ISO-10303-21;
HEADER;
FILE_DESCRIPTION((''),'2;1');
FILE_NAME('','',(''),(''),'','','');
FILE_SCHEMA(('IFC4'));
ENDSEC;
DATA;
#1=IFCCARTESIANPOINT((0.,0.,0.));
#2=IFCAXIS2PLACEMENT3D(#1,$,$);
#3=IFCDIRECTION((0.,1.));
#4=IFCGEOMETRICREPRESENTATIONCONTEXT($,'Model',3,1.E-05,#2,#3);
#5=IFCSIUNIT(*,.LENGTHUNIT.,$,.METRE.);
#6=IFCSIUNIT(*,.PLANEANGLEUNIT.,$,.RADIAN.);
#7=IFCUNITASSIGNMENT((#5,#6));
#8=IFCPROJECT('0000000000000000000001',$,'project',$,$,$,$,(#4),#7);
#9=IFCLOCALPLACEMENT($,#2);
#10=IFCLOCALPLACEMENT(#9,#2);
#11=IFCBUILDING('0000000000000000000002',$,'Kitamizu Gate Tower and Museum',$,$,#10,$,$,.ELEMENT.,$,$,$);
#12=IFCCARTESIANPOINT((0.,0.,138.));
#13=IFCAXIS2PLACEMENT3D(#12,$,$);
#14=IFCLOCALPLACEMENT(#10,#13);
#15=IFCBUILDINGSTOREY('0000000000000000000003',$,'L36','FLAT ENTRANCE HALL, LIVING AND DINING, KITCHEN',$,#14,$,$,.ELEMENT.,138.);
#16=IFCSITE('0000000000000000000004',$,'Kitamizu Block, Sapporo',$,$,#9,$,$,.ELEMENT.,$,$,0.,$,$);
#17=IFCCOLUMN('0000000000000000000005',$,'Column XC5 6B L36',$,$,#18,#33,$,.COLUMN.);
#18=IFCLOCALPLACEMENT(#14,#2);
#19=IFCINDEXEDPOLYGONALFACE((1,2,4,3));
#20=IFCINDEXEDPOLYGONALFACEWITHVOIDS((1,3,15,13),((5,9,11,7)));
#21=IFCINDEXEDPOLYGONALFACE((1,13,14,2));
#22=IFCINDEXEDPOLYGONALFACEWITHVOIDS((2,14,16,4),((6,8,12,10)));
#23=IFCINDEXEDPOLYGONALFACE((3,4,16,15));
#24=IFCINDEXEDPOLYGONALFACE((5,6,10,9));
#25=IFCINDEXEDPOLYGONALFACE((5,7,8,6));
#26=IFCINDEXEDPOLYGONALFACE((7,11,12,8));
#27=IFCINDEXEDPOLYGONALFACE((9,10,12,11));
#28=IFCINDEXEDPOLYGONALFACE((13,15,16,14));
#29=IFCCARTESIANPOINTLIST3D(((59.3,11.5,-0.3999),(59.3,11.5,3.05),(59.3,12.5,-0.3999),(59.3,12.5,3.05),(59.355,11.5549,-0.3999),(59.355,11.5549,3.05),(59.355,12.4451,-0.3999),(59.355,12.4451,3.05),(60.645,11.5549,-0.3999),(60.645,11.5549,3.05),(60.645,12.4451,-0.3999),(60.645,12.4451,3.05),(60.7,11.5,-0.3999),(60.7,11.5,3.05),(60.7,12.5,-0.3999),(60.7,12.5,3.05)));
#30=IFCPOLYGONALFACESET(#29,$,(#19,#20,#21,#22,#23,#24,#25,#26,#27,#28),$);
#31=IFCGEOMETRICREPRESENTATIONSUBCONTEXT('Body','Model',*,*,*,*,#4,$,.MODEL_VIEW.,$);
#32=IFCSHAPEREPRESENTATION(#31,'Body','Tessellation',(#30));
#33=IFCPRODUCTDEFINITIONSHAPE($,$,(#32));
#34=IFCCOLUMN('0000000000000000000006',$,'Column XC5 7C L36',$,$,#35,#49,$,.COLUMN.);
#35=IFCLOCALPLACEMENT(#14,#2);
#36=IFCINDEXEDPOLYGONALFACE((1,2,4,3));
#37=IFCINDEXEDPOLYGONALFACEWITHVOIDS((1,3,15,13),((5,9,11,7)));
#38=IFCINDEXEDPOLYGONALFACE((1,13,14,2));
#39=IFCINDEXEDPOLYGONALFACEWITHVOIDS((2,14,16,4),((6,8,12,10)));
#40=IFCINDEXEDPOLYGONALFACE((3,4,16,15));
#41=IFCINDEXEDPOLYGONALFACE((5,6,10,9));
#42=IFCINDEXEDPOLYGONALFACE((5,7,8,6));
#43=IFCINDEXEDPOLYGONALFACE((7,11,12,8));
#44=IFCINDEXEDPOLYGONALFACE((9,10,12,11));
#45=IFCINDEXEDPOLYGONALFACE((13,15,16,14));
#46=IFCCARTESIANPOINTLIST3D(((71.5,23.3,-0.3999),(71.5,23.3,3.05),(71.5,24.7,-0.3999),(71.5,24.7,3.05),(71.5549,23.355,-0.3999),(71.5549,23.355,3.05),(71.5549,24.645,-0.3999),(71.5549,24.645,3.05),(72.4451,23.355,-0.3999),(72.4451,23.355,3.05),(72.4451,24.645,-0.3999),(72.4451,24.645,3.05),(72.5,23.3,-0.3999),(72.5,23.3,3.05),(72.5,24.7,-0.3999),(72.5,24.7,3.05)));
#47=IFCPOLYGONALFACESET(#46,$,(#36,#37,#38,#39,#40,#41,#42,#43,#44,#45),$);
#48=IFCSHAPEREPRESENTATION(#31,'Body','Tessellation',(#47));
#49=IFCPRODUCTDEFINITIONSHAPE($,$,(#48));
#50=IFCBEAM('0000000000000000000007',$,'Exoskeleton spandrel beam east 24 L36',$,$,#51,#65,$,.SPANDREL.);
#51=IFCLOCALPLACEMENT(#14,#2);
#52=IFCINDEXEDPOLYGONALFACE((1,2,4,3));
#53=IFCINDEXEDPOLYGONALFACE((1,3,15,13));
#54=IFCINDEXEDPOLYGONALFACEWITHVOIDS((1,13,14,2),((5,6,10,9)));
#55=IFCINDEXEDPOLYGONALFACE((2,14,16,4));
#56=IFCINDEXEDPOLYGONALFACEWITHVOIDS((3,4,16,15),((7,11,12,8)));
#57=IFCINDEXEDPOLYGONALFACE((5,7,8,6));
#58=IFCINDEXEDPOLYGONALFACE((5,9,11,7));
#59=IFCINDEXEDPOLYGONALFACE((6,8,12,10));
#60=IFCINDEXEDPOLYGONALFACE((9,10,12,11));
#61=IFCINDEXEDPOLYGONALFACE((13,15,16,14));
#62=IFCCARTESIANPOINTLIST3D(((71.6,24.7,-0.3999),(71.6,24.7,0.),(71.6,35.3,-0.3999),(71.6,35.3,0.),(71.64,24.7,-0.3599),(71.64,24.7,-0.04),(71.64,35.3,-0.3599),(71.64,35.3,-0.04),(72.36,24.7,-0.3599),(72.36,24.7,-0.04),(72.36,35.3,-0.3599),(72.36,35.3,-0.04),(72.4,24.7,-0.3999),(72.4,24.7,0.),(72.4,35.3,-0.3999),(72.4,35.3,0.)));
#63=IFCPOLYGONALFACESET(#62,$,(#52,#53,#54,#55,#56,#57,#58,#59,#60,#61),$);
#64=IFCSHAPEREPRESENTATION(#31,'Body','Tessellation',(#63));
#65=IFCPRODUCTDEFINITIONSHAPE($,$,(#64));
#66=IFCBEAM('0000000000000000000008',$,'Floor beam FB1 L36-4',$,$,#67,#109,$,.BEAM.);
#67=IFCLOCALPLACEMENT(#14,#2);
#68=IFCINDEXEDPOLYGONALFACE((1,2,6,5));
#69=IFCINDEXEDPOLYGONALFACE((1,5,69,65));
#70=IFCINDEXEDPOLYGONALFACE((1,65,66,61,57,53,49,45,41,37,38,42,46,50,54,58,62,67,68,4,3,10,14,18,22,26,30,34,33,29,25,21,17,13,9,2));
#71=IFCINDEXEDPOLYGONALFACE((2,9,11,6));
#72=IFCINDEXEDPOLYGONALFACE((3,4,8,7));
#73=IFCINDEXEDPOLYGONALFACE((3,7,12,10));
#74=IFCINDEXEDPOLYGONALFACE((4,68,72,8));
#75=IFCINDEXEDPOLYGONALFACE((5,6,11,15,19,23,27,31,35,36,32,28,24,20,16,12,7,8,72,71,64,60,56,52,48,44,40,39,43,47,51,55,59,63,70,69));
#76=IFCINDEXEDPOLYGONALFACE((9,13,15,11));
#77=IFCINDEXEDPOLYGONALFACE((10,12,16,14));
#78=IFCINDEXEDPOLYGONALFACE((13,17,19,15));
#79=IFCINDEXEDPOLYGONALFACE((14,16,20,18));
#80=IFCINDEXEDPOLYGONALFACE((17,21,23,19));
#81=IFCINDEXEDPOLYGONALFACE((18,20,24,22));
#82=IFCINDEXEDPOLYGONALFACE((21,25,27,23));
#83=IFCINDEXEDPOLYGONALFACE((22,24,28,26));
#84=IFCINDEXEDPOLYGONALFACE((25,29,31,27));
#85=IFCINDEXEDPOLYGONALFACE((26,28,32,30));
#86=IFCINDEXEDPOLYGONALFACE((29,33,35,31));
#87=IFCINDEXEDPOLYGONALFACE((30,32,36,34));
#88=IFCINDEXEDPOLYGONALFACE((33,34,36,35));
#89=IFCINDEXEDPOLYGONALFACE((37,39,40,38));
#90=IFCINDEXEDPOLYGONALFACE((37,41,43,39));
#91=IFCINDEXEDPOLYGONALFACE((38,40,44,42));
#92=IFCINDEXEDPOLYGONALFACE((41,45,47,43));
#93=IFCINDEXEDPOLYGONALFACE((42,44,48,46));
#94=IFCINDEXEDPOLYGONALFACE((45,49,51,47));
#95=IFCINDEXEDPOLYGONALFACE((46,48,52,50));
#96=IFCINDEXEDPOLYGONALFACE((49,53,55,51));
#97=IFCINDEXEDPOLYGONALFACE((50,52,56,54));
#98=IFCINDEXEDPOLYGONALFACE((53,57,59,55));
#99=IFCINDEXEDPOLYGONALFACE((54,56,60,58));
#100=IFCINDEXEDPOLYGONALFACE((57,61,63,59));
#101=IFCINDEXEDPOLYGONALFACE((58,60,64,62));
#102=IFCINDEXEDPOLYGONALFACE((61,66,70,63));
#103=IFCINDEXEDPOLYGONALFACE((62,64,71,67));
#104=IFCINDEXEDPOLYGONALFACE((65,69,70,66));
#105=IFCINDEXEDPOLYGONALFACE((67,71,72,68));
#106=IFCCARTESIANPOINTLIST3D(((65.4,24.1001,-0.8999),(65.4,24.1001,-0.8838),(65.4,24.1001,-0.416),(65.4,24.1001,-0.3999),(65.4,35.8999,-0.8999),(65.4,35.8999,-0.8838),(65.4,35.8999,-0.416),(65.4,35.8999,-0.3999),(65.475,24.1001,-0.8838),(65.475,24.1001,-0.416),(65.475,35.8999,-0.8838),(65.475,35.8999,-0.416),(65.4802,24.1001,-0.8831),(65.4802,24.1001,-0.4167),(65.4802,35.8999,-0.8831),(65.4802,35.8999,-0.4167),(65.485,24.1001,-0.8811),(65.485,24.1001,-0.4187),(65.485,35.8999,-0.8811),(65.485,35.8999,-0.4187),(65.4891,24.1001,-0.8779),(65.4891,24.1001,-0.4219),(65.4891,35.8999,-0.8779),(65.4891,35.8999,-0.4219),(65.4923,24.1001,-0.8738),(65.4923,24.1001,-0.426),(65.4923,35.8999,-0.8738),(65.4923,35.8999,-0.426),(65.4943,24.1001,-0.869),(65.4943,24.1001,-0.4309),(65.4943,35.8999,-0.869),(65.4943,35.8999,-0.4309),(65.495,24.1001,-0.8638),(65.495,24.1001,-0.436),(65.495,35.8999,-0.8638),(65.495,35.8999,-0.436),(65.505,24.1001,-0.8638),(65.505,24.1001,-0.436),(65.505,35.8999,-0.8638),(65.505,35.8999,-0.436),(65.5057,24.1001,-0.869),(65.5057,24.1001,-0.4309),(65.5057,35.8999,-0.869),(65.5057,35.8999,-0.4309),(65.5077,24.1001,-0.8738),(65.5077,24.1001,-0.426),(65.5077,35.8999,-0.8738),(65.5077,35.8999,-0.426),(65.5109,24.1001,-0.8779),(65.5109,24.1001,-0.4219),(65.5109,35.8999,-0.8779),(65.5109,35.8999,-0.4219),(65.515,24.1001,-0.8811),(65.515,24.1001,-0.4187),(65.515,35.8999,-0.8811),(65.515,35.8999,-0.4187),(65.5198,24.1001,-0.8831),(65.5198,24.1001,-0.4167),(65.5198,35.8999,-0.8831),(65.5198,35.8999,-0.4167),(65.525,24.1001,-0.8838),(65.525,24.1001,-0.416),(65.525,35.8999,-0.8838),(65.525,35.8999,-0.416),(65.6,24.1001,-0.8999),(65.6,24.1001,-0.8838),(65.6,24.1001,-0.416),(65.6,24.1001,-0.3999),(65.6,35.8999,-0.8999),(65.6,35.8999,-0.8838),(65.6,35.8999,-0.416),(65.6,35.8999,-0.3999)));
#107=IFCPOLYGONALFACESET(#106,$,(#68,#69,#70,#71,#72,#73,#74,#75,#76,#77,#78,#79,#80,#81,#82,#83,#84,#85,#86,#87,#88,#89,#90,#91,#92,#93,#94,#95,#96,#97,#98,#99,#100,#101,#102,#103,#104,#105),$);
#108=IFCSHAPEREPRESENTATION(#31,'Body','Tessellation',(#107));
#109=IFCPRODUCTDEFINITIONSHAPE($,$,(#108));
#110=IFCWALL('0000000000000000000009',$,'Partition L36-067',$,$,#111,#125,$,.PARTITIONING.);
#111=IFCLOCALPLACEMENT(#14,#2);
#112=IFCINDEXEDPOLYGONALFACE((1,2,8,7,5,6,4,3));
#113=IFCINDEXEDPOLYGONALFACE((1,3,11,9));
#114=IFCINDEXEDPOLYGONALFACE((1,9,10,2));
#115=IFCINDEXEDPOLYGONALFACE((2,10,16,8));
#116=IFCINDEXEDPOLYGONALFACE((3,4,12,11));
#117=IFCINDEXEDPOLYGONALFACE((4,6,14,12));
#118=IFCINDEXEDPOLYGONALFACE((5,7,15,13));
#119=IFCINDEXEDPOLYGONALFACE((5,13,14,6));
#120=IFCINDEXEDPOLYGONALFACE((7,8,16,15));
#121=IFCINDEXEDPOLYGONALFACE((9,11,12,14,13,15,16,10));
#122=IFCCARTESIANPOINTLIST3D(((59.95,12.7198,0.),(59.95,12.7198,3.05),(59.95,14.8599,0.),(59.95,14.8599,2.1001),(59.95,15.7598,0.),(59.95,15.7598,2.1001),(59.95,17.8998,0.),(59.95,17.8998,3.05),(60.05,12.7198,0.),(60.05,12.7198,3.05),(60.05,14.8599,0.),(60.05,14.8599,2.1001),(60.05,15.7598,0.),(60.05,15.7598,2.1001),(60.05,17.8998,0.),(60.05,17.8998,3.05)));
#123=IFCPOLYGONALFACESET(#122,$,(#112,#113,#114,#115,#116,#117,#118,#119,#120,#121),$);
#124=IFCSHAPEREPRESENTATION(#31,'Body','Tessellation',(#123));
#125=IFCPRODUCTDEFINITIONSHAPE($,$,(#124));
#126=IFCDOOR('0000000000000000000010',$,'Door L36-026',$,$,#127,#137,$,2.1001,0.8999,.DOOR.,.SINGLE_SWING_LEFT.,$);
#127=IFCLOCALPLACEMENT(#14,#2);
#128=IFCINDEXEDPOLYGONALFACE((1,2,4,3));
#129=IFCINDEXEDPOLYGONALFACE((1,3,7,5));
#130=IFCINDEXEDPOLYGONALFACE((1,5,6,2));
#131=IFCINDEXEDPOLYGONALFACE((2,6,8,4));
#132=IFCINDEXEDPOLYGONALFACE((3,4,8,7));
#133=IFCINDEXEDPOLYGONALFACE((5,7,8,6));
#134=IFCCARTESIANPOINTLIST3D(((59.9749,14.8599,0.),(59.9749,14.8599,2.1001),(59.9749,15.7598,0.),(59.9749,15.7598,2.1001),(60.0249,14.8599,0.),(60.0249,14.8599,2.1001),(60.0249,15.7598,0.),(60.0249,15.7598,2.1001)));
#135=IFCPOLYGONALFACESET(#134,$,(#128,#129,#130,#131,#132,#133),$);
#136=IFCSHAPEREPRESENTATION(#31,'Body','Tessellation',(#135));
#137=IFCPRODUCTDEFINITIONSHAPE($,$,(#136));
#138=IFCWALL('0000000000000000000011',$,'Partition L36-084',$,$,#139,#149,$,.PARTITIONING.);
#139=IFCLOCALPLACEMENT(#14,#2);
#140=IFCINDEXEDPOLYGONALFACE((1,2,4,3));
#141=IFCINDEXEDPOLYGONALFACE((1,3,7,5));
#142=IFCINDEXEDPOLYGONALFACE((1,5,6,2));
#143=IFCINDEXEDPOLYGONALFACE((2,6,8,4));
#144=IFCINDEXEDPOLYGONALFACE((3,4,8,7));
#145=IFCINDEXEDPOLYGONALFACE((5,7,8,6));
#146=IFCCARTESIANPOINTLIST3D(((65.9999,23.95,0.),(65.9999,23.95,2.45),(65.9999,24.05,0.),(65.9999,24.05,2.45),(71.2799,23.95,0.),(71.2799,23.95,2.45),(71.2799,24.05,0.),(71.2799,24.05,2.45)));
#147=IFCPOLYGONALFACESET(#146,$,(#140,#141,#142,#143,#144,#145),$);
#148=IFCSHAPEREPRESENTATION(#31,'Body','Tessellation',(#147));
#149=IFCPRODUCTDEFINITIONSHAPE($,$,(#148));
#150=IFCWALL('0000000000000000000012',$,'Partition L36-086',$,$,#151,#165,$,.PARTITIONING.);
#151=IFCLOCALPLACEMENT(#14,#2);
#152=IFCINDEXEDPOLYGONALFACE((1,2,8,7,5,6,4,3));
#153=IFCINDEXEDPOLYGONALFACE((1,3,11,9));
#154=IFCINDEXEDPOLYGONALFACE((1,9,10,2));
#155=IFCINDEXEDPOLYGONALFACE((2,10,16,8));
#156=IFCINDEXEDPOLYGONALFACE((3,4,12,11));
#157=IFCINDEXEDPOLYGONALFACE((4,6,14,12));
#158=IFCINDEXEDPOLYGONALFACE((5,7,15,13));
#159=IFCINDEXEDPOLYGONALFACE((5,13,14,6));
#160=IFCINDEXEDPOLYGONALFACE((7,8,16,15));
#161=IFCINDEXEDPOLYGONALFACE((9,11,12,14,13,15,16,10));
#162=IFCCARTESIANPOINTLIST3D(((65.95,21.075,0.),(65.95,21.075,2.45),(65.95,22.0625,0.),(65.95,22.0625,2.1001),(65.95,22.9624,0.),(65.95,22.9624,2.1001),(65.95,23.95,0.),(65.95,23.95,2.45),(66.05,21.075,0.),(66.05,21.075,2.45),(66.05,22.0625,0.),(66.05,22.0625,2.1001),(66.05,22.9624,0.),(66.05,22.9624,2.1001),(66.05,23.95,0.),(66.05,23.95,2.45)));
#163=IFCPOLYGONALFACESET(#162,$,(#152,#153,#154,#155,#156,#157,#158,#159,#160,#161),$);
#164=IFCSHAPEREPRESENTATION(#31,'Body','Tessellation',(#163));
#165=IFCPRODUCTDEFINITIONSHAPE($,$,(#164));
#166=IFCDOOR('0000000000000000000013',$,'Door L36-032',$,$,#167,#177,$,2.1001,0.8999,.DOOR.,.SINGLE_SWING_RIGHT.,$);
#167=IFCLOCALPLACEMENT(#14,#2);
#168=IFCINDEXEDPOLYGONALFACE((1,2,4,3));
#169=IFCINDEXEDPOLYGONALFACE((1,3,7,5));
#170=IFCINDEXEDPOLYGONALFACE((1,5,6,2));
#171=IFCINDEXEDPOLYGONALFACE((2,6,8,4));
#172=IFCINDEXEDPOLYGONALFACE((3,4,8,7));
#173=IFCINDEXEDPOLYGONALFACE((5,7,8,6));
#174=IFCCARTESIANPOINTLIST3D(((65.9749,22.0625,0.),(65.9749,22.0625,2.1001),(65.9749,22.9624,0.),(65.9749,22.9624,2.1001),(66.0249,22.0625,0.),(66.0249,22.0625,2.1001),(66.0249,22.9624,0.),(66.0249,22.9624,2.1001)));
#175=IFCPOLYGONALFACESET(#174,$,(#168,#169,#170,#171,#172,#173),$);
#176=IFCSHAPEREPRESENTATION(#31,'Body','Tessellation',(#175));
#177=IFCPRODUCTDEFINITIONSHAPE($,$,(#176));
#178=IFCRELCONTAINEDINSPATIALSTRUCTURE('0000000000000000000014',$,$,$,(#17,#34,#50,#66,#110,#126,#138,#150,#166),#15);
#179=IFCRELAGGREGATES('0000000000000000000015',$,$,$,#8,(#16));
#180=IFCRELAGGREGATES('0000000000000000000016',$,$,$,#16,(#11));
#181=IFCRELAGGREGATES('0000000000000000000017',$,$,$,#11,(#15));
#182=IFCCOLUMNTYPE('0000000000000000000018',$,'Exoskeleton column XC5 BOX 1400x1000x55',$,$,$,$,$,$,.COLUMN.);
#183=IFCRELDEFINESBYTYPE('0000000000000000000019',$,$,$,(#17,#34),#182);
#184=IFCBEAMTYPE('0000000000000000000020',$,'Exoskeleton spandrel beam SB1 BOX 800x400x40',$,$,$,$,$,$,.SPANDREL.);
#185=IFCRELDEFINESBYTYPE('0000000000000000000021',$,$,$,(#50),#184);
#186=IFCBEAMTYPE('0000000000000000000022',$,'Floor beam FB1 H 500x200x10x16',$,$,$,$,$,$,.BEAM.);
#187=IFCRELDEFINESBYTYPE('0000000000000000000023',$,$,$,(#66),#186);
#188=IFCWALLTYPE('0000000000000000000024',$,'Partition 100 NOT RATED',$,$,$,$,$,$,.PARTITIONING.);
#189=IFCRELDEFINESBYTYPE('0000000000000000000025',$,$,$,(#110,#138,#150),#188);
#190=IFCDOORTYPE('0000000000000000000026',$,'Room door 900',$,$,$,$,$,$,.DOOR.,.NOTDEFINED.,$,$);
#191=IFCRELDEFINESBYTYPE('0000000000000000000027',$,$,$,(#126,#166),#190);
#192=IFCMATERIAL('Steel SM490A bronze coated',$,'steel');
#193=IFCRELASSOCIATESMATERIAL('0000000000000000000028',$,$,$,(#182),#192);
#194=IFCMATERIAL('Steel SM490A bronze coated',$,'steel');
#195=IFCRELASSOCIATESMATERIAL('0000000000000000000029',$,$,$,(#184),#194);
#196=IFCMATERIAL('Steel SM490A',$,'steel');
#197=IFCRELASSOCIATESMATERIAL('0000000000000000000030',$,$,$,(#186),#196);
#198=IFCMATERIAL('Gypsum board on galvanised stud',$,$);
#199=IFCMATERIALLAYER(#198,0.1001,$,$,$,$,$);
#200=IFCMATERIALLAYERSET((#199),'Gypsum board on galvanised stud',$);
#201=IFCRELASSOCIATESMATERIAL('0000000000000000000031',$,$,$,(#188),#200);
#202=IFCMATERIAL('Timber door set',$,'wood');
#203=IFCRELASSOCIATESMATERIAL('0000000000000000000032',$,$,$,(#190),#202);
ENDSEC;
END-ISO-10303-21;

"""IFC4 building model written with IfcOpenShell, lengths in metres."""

from ifc_helpers import new_model, si_unit, direction, frame, frame_2d, origin, origin_2d, place, context, subcontext, project, spatial, rectangle, hollow_rectangle, i_section, extrude, material, layer, layer_set, material_profile, profile_set, type_object, element, fill, save


model = new_model("IFC4")

# Units and contexts
model_context = context("Model", 3, precision=1e-05, world=origin(), true_north=direction((0.0, 1.0)))
body_context = subcontext(model_context, "Body", "Model", "MODEL_VIEW")
ifc_project = project(units=[si_unit("LENGTHUNIT", "METRE"), si_unit("PLANEANGLEUNIT", "RADIAN")], contexts=[model_context])

# Site, building, storey
site_placement = place(None, origin())
site = spatial("IfcSite", under=ifc_project, at=site_placement, Name="Kitamizu Block, Sapporo", CompositionType="ELEMENT", RefElevation=0.0)
building_placement = place(site_placement, origin())
building = spatial("IfcBuilding", under=site, at=building_placement, Name="Kitamizu Gate Tower and Museum", CompositionType="ELEMENT")
storey_placement = place(building_placement, frame((0.0, 0.0, 138.0)))
storey = spatial("IfcBuildingStorey", under=building, at=storey_placement, Name="L36", Description="FLAT ENTRANCE HALL, LIVING AND DINING, KITCHEN", CompositionType="ELEMENT", Elevation=138.0)

# Columns
ifc_material_1 = material(Name="Steel SM490A bronze coated", Category="steel")
ifc_material_profile_1 = material_profile(ifc_material_1, hollow_rectangle(XDim=1.3999, YDim=1.0, WallThickness=0.0549, at=origin_2d()), Name="BOX 1400x1000x55")
ifc_profile_set_1 = profile_set([ifc_material_profile_1], Name="Steel SM490A bronze coated")
column_type = type_object("IfcColumnType", Name="Exoskeleton column XC5 BOX 1400x1000x55", PredefinedType="COLUMN", material=ifc_profile_set_1)
for number, where, z_axis, x_axis, name in (
    (1, (60.0, 12.0, -0.3999), (0.0, 0.0, 1.0), (1.0, 0.0, 0.0), "Column XC5 6B L36"),
    (2, (72.0, 24.0, -0.3999), (0.0, 0.0, 1.0), (0.0, 1.0, 0.0), "Column XC5 7C L36"),
):
    element("IfcColumn", number, at=place(storey_placement, frame(where, z_axis=z_axis, x_axis=x_axis)), inside=storey, type_object=column_type, Name=name, PredefinedType="COLUMN", context=body_context, shape_type="SweptSolid", body=[
        extrude(hollow_rectangle(XDim=1.3999, YDim=1.0, WallThickness=0.0549, at=origin_2d()), origin(), (0.0, 0.0, 1.0), 3.45),
    ])

# Beams
ifc_material_2 = material(Name="Steel SM490A bronze coated", Category="steel")
ifc_material_profile_2 = material_profile(ifc_material_2, hollow_rectangle(XDim=0.8, YDim=0.3999, WallThickness=0.04, at=origin_2d()), Name="BOX 800x400x40")
ifc_profile_set_2 = profile_set([ifc_material_profile_2], Name="Steel SM490A bronze coated")
beam_type_1 = type_object("IfcBeamType", Name="Exoskeleton spandrel beam SB1 BOX 800x400x40", PredefinedType="SPANDREL", material=ifc_profile_set_2)
beam_1_placement = place(storey_placement, frame((72.0, 24.7, -0.2), z_axis=(0.0, 1.0, 0.0), x_axis=(-1.0, 0.0, 0.0)))
element("IfcBeam", 3, at=beam_1_placement, inside=storey, type_object=beam_type_1, Name="Exoskeleton spandrel beam east 24 L36", PredefinedType="SPANDREL", context=body_context, shape_type="SweptSolid", body=[
    extrude(hollow_rectangle(XDim=0.8, YDim=0.3999, WallThickness=0.04, at=origin_2d()), origin(), (0.0, 0.0, 1.0), 10.6001),
])
ifc_material_3 = material(Name="Steel SM490A", Category="steel")
ifc_material_profile_3 = material_profile(ifc_material_3, i_section(OverallWidth=0.2, OverallDepth=0.5, WebThickness=0.01, FlangeThickness=0.0161, FilletRadius=0.02, at=origin_2d()), Name="H-500x200x10x16")
ifc_profile_set_3 = profile_set([ifc_material_profile_3], Name="Steel SM490A")
beam_type_2 = type_object("IfcBeamType", Name="Floor beam FB1 H 500x200x10x16", PredefinedType="BEAM", material=ifc_profile_set_3)
beam_2_placement = place(storey_placement, frame((65.5, 24.1001, -0.6499), z_axis=(0.0, 1.0, 0.0), x_axis=(-1.0, 0.0, 0.0)))
element("IfcBeam", 4, at=beam_2_placement, inside=storey, type_object=beam_type_2, Name="Floor beam FB1 L36-4", PredefinedType="BEAM", context=body_context, shape_type="SweptSolid", body=[
    extrude(i_section(OverallWidth=0.2, OverallDepth=0.5, WebThickness=0.01, FlangeThickness=0.0161, FilletRadius=0.02, at=origin_2d()), origin(), (0.0, 0.0, 1.0), 11.7998),
])

# Wall, opening, door
ifc_material_4 = material(Name="Gypsum board on galvanised stud")
ifc_layer_1 = layer(ifc_material_4, 0.1001)
ifc_layer_set_1 = layer_set([ifc_layer_1], Name="Gypsum board on galvanised stud")
wall_type_1 = type_object("IfcWallType", Name="Partition 100 NOT RATED", PredefinedType="PARTITIONING", material=ifc_layer_set_1)
wall_1_placement = place(storey_placement, frame((60.0, 12.72, 0.0), z_axis=(0.0, 0.0, 1.0), x_axis=(0.0, 1.0, 0.0)))
wall_1 = element("IfcWall", 5, at=wall_1_placement, inside=storey, type_object=wall_type_1, Name="Partition L36-067", PredefinedType="PARTITIONING", context=body_context, shape_type="SweptSolid", body=[
    extrude(rectangle(XDim=5.1799, YDim=0.1001, at=frame_2d((2.5898, 0.0))), origin(), (0.0, 0.0, 1.0), 3.05),
])
opening_1_placement = place(wall_1_placement, frame((2.1399, 0.0, 0.0)))
opening_1 = element("IfcOpeningElement", 6, at=opening_1_placement, cuts=wall_1, PredefinedType="OPENING", context=body_context, shape_type="SweptSolid", body=[
    extrude(rectangle(XDim=0.8999, YDim=2.1001, at=frame_2d((0.45, 1.05))), frame((0.0, 0.0601, 0.0), z_axis=(0.0, -1.0, 0.0), x_axis=(1.0, 0.0, 0.0)), (0.0, 0.0, 1.0), 0.1201),
])
ifc_material_5 = material(Name="Timber door set", Category="wood")
door_type_1 = type_object("IfcDoorType", Name="Room door 900", OperationType="NOTDEFINED", PredefinedType="DOOR", material=ifc_material_5)
door_1_placement = place(opening_1_placement, frame((0.8999, 0.0, 0.0), x_axis=(-1.0, 0.0, 0.0)))
door_1 = element("IfcDoor", 7, at=door_1_placement, inside=storey, type_object=door_type_1, Name="Door L36-026", OperationType="SINGLE_SWING_LEFT", OverallHeight=2.1001, OverallWidth=0.8999, PredefinedType="DOOR", context=body_context, shape_type="SweptSolid", body=[
    extrude(rectangle(XDim=0.8999, YDim=2.1001, at=frame_2d((0.45, 1.05))), frame((0.0, 0.0249, 0.0), z_axis=(0.0, -1.0, 0.0), x_axis=(1.0, 0.0, 0.0)), (0.0, 0.0, 1.0), 0.05),
])
fill(opening_1, door_1)

# Wall
wall_2_placement = place(storey_placement, frame((71.28, 24.0, 0.0), z_axis=(0.0, 0.0, 1.0), x_axis=(-1.0, 0.0, 0.0)))
element("IfcWall", 8, at=wall_2_placement, inside=storey, type_object=wall_type_1, Name="Partition L36-084", PredefinedType="PARTITIONING", context=body_context, shape_type="SweptSolid", body=[
    extrude(rectangle(XDim=5.28, YDim=0.1001, at=frame_2d((2.6401, 0.0))), origin(), (0.0, 0.0, 1.0), 2.45),
])

# Wall, opening, door
wall_3_placement = place(storey_placement, frame((66.0, 23.95, 0.0), z_axis=(0.0, 0.0, 1.0), x_axis=(0.0, -1.0, 0.0)))
wall_3 = element("IfcWall", 9, at=wall_3_placement, inside=storey, type_object=wall_type_1, Name="Partition L36-086", PredefinedType="PARTITIONING", context=body_context, shape_type="SweptSolid", body=[
    extrude(rectangle(XDim=2.875, YDim=0.1001, at=frame_2d((1.4375, 0.0))), origin(), (0.0, 0.0, 1.0), 2.45),
])
opening_2_placement = place(wall_3_placement, frame((0.9875, 0.0, 0.0)))
opening_2 = element("IfcOpeningElement", 10, at=opening_2_placement, cuts=wall_3, PredefinedType="OPENING", context=body_context, shape_type="SweptSolid", body=[
    extrude(rectangle(XDim=0.8999, YDim=2.1001, at=frame_2d((0.45, 1.05))), frame((0.0, 0.0601, 0.0), z_axis=(0.0, -1.0, 0.0), x_axis=(1.0, 0.0, 0.0)), (0.0, 0.0, 1.0), 0.1201),
])
door_2_placement = place(opening_2_placement, origin())
door_2 = element("IfcDoor", 11, at=door_2_placement, inside=storey, type_object=door_type_1, Name="Door L36-032", OperationType="SINGLE_SWING_RIGHT", OverallHeight=2.1001, OverallWidth=0.8999, PredefinedType="DOOR", context=body_context, shape_type="SweptSolid", body=[
    extrude(rectangle(XDim=0.8999, YDim=2.1001, at=frame_2d((0.45, 1.05))), frame((0.0, 0.0249, 0.0), z_axis=(0.0, -1.0, 0.0), x_axis=(1.0, 0.0, 0.0)), (0.0, 0.0, 1.0), 0.05),
])
fill(opening_2, door_2)

save(model, "model.ifc")
